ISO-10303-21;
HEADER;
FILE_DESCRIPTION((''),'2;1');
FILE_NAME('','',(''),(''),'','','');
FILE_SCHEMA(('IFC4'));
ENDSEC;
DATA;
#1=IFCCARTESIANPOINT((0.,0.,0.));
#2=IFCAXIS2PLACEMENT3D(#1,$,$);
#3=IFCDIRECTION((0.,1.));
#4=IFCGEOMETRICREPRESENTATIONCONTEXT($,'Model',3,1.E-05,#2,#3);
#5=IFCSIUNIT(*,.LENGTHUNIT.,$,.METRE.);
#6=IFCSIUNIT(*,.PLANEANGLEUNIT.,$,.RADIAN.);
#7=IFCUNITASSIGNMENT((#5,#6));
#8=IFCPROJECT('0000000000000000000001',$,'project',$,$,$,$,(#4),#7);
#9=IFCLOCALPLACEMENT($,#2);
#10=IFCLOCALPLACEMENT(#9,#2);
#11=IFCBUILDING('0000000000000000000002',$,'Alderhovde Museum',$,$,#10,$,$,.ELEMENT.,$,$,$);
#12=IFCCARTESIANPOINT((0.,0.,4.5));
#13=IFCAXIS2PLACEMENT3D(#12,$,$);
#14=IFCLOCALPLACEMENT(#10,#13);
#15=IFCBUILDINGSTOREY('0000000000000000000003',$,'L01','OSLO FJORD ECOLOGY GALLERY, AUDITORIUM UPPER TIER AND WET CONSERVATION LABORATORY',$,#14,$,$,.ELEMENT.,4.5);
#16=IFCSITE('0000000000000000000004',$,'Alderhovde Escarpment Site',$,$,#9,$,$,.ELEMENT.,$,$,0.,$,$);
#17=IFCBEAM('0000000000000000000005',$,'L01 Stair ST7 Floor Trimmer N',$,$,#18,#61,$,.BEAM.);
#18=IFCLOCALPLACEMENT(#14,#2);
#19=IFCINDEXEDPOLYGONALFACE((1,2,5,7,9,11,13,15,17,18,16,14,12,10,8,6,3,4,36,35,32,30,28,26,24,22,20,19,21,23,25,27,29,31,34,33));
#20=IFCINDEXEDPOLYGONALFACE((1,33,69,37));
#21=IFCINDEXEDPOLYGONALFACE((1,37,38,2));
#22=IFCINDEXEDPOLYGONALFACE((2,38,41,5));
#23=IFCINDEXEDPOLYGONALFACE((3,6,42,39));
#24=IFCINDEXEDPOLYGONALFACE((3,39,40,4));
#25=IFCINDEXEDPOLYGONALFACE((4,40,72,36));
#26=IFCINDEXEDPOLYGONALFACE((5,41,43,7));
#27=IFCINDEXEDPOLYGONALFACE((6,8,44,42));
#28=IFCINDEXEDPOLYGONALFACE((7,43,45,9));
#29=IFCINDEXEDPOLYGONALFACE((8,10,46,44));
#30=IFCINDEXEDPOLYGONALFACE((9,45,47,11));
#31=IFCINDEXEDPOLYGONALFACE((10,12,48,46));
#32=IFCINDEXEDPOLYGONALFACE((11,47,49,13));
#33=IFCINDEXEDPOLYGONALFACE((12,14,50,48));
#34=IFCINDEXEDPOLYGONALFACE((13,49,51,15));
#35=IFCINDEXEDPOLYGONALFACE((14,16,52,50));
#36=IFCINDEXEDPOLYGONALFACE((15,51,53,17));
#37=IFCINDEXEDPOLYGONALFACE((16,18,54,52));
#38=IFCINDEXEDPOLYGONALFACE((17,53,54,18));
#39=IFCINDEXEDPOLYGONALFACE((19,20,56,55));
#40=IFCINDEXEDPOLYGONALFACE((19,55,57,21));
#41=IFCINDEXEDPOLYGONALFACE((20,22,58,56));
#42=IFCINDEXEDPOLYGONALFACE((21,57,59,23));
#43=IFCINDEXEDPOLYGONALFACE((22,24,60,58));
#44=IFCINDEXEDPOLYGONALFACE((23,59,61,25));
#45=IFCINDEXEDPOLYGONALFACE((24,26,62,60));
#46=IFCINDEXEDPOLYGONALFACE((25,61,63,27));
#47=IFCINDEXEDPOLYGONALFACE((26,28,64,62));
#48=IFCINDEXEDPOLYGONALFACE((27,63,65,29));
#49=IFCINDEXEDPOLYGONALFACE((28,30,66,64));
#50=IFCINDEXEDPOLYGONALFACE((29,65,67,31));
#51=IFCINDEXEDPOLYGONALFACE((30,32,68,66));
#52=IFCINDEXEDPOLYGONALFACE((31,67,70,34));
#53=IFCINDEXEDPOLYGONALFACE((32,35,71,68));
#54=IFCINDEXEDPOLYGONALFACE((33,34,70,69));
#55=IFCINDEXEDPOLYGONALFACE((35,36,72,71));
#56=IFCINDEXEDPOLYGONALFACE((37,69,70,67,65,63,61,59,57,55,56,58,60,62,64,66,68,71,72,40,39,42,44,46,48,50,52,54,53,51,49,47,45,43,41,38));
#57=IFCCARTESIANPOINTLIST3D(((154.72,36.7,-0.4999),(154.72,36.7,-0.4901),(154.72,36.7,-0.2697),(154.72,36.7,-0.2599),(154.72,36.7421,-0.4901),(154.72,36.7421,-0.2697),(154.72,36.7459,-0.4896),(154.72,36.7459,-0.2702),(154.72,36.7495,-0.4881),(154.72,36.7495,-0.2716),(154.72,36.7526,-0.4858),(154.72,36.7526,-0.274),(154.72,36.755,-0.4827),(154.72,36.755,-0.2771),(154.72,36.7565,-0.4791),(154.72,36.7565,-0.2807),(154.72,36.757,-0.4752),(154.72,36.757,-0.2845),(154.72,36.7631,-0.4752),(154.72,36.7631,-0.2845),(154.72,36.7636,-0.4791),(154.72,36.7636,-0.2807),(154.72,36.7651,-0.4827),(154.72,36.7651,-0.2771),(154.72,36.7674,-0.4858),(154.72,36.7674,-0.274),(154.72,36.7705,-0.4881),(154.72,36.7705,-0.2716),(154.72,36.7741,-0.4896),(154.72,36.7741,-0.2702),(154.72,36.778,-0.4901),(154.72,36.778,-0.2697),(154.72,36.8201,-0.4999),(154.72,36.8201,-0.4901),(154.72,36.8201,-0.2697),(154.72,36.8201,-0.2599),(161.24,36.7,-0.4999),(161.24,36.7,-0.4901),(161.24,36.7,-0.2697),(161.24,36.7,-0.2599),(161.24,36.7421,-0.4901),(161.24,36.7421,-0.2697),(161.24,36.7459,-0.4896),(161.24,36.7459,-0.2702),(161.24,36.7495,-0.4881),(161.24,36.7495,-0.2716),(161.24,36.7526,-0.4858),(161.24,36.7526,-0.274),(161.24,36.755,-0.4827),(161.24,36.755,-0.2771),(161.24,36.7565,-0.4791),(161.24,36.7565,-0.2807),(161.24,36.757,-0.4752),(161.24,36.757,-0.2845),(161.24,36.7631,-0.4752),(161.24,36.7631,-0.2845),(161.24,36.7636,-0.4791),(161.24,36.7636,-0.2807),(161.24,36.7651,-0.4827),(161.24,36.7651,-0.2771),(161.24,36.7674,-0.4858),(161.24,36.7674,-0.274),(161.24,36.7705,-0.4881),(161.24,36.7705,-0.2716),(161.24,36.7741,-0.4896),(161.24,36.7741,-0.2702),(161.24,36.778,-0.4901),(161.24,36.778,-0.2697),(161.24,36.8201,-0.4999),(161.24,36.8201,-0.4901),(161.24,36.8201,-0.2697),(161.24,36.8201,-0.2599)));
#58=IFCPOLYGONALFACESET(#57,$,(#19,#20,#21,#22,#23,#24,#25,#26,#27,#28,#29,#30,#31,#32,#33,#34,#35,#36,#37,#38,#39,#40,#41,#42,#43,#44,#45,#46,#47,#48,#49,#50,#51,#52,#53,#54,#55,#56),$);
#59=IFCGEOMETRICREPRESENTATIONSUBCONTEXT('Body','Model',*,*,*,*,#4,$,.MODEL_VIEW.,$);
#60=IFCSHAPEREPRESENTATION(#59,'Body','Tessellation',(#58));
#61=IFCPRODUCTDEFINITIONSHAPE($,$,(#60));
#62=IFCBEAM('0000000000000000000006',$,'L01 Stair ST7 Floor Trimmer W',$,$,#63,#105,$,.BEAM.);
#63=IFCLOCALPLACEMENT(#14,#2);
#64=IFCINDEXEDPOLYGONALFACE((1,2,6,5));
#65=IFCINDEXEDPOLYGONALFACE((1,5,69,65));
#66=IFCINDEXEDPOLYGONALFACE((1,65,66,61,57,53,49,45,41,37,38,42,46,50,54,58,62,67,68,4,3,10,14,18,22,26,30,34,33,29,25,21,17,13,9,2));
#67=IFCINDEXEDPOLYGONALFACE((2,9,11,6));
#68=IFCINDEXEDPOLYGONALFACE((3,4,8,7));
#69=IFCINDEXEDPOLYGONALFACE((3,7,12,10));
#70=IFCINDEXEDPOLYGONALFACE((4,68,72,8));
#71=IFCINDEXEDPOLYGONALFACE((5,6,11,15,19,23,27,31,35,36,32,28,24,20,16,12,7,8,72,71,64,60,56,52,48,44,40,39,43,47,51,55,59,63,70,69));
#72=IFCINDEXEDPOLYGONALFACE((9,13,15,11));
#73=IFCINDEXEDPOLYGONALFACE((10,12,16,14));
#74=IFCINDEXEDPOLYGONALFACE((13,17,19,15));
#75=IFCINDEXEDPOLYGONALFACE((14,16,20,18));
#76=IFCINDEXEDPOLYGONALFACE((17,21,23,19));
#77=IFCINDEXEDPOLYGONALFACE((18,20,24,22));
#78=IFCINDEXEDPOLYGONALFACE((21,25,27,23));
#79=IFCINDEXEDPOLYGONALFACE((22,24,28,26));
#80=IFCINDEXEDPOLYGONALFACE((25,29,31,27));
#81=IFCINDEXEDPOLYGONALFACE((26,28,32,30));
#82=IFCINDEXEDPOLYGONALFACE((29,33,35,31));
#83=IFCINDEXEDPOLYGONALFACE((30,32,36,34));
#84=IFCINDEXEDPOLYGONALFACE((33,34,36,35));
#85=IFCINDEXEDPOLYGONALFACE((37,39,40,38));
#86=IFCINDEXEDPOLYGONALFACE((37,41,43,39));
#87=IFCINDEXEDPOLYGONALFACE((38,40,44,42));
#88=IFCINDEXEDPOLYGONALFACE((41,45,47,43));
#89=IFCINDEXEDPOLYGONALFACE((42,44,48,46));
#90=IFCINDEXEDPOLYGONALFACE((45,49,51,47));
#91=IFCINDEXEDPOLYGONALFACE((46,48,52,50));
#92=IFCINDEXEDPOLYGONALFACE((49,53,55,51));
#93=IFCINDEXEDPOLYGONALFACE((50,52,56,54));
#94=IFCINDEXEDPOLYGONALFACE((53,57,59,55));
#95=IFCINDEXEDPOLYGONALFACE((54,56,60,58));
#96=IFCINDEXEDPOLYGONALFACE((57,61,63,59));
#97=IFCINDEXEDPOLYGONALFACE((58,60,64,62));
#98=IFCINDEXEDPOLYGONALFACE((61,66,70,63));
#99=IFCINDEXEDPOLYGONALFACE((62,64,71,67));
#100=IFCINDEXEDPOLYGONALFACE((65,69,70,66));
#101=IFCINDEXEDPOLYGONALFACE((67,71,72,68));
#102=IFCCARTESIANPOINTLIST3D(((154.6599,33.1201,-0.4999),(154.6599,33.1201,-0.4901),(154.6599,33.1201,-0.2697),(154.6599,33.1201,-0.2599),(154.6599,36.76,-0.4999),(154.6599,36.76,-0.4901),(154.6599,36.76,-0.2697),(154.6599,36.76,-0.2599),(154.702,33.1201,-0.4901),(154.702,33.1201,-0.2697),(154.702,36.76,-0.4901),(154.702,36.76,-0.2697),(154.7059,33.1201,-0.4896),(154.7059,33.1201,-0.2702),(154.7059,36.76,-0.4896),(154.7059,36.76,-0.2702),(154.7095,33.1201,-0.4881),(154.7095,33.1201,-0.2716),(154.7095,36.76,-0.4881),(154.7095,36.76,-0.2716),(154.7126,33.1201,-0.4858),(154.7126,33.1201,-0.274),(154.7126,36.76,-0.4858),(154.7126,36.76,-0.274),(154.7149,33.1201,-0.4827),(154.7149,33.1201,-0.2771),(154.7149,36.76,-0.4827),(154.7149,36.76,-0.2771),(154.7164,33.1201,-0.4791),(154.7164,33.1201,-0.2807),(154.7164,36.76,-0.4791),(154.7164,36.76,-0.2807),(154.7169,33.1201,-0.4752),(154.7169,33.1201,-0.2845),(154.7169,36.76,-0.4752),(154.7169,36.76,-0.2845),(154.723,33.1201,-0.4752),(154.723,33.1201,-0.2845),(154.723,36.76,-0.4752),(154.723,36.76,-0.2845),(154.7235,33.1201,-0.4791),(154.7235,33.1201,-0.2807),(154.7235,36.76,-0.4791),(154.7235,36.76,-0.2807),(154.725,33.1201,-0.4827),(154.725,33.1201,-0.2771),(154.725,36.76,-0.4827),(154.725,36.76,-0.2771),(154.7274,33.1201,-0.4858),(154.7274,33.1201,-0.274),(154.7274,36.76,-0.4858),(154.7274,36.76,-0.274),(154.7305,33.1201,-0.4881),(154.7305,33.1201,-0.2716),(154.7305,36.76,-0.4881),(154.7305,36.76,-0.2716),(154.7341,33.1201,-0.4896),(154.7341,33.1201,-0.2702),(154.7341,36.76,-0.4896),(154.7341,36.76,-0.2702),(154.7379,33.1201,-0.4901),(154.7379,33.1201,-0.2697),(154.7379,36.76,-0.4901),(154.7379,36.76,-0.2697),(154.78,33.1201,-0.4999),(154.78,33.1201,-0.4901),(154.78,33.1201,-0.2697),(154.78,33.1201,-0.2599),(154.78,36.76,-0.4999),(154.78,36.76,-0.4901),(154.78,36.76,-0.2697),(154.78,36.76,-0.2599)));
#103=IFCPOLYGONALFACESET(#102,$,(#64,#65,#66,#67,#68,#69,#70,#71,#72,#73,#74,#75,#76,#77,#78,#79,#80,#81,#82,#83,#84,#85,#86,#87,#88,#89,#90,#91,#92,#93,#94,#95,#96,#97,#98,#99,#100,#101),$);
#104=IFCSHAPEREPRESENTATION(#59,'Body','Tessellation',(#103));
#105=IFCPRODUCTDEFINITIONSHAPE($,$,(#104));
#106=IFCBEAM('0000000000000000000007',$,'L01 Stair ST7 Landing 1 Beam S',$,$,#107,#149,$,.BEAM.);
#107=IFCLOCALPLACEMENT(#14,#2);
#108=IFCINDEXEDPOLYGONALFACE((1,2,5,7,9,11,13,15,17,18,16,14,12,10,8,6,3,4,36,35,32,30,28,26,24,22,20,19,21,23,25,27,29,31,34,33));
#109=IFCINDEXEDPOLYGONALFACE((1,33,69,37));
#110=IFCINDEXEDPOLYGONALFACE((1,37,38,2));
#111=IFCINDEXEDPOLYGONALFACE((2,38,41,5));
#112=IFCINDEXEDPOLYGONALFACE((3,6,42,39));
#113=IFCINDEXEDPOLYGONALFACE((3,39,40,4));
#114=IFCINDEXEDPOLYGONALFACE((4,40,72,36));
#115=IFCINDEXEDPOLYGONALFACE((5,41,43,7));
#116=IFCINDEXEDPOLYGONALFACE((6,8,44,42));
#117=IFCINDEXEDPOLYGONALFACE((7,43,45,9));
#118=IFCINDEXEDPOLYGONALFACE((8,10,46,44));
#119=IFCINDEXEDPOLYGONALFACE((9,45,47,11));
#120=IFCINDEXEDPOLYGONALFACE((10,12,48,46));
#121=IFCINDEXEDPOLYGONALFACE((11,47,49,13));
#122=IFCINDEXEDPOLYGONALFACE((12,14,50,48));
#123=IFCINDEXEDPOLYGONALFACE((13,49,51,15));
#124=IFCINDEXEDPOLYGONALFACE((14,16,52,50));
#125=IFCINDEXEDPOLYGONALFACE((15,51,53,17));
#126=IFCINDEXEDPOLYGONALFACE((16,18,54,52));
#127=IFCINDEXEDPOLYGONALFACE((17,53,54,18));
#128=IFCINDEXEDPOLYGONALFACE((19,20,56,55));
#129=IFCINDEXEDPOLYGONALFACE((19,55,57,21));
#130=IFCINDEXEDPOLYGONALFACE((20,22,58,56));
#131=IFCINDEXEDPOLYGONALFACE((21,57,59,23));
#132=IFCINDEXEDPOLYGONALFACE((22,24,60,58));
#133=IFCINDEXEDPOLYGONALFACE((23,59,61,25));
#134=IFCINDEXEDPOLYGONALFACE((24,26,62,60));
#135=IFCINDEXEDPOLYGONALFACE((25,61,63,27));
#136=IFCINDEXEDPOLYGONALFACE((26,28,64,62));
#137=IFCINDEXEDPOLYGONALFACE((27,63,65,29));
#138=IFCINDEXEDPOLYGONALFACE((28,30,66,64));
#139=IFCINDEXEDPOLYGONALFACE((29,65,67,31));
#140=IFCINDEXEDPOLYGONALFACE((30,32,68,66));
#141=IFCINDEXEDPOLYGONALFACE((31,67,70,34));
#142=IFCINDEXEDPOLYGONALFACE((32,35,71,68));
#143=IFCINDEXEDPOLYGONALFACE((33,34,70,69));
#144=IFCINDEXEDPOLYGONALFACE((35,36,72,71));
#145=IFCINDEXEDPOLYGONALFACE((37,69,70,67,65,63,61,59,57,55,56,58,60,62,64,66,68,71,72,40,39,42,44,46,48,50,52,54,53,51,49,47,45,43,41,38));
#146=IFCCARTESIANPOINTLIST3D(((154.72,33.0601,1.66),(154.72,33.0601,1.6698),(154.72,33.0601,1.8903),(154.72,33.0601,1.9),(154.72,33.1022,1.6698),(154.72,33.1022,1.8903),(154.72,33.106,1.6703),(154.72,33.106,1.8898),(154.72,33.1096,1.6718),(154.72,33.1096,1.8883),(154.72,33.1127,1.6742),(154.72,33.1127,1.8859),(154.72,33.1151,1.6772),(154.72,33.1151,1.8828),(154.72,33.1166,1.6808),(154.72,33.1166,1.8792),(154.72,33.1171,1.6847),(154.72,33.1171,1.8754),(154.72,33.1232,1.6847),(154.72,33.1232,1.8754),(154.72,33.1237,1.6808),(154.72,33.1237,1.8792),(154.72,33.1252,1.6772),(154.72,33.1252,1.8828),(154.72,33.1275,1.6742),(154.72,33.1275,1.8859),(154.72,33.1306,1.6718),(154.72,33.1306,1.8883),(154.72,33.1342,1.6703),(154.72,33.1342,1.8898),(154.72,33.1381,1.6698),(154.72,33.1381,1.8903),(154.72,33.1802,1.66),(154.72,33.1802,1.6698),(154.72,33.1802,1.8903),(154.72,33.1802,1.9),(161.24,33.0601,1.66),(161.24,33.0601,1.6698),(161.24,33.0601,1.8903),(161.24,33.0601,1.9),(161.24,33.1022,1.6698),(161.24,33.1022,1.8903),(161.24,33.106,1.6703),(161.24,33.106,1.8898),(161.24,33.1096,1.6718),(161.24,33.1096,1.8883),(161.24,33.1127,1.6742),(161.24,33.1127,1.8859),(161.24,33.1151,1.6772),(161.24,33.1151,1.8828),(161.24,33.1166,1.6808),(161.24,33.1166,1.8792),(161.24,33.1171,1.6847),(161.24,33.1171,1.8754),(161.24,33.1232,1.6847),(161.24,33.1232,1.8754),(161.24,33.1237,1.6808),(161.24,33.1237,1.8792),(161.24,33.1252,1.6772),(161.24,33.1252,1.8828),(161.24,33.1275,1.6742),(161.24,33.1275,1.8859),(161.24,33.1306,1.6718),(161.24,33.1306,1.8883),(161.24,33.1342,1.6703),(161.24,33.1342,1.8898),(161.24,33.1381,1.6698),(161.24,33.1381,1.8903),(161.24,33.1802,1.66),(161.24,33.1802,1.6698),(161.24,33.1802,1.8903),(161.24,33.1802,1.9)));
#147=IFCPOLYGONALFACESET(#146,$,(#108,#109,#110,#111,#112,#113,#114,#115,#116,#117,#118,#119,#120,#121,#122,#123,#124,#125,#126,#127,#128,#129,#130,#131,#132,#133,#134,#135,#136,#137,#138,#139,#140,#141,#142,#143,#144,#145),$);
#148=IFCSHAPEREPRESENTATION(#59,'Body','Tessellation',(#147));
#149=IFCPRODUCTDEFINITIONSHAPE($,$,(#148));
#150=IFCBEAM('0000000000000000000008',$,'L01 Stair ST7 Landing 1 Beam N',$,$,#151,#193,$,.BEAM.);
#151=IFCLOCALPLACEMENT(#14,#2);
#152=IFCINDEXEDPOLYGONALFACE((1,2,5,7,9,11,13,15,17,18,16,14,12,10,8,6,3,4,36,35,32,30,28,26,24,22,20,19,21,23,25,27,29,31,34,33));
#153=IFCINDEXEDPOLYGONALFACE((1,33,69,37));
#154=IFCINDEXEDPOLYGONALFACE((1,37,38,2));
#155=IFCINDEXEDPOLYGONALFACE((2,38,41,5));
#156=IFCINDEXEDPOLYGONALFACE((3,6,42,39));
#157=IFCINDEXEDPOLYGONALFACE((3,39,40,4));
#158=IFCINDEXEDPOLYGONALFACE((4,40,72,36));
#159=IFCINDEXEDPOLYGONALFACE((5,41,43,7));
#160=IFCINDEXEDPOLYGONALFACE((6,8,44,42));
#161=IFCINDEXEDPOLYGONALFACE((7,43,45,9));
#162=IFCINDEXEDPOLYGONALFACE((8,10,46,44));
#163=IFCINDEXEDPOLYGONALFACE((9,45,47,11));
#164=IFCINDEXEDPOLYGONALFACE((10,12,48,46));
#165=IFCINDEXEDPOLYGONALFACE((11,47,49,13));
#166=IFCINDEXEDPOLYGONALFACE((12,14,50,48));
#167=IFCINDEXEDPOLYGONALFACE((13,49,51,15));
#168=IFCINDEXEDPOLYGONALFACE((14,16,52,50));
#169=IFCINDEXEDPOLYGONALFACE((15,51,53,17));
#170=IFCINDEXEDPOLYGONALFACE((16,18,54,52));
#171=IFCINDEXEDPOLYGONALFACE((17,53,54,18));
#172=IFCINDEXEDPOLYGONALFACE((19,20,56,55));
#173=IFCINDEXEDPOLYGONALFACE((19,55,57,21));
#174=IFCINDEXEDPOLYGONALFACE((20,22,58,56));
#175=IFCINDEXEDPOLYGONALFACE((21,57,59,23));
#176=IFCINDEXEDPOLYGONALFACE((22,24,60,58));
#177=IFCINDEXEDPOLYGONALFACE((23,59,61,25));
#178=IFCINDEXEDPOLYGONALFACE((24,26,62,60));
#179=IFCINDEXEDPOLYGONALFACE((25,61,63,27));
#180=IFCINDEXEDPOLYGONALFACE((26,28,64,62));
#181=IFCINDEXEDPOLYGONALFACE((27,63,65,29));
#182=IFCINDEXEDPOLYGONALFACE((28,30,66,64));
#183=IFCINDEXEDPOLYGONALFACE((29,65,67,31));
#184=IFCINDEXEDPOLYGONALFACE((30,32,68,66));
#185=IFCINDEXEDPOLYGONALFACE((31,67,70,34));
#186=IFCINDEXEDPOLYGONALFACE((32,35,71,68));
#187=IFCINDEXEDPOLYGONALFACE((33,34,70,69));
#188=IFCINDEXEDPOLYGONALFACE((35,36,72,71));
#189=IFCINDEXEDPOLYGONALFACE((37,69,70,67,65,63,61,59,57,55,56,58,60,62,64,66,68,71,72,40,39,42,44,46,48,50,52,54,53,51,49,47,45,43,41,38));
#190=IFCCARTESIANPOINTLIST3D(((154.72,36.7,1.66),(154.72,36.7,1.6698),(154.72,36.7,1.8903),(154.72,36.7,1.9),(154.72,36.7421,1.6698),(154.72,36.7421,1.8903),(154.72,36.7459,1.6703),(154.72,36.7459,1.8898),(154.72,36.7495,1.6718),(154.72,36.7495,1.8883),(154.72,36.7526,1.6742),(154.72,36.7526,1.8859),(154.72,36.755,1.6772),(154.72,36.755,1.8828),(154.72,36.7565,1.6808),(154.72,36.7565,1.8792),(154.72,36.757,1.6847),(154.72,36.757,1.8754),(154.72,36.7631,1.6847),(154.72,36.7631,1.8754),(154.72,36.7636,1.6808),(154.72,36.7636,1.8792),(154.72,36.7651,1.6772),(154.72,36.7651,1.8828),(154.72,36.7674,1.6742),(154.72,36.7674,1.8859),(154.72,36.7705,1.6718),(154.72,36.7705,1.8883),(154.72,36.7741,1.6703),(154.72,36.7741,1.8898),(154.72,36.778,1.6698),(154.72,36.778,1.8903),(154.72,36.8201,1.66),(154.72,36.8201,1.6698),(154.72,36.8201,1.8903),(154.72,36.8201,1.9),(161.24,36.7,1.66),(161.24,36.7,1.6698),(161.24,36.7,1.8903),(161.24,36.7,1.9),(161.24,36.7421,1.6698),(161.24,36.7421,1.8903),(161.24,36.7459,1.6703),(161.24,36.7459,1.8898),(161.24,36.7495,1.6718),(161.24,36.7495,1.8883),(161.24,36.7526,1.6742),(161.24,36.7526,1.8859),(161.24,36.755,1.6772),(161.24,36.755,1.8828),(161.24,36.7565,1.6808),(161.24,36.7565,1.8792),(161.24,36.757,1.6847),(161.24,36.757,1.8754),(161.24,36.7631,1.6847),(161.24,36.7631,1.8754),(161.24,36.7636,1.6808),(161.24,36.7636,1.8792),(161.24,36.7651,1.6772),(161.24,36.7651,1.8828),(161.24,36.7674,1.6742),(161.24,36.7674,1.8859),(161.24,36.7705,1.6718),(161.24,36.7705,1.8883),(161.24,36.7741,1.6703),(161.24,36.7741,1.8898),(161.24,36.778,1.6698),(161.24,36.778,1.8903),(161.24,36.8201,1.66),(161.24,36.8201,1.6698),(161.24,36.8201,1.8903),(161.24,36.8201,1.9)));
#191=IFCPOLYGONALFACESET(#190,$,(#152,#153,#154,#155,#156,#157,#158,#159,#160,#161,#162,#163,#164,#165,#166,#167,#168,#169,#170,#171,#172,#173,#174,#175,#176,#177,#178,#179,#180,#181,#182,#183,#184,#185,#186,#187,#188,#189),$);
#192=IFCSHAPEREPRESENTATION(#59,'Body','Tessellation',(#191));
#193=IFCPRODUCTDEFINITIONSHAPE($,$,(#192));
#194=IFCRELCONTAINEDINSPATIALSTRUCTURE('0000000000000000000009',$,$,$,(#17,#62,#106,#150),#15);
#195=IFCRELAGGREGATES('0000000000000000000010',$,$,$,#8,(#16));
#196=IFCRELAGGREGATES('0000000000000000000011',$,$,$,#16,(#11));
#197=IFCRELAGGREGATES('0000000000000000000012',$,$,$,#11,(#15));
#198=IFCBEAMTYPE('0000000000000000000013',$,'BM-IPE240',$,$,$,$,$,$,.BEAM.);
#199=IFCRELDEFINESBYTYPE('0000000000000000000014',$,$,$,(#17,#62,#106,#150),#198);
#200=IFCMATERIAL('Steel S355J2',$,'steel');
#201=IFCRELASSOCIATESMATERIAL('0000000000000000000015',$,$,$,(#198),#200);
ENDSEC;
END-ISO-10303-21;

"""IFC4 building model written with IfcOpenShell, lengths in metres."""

from ifc_helpers import new_model, si_unit, direction, frame, origin, origin_2d, place, context, subcontext, project, spatial, i_section, extrude, material, material_profile, profile_set, type_object, element, save


model = new_model("IFC4")

# Units and contexts
model_context = context("Model", 3, precision=1e-05, world=origin(), true_north=direction((0.0, 1.0)))
body_context = subcontext(model_context, "Body", "Model", "MODEL_VIEW")
ifc_project = project(units=[si_unit("LENGTHUNIT", "METRE"), si_unit("PLANEANGLEUNIT", "RADIAN")], contexts=[model_context])

# Site, building, storey
site_placement = place(None, origin())
site = spatial("IfcSite", under=ifc_project, at=site_placement, Name="Alderhovde Escarpment Site", CompositionType="ELEMENT", RefElevation=0.0)
building_placement = place(site_placement, origin())
building = spatial("IfcBuilding", under=site, at=building_placement, Name="Alderhovde Museum", CompositionType="ELEMENT")
storey_placement = place(building_placement, frame((0.0, 0.0, 4.5)))
storey = spatial("IfcBuildingStorey", under=building, at=storey_placement, Name="L01", Description="OSLO FJORD ECOLOGY GALLERY, AUDITORIUM UPPER TIER AND WET CONSERVATION LABORATORY", CompositionType="ELEMENT", Elevation=4.5)

# Beams
ifc_material_1 = material(Name="Steel S355J2", Category="steel")
ifc_material_profile_1 = material_profile(ifc_material_1, i_section(OverallWidth=0.1201, OverallDepth=0.24, WebThickness=0.0061, FlangeThickness=0.0098, FilletRadius=0.0149, at=origin_2d()), Name="IPE 240")
ifc_profile_set_1 = profile_set([ifc_material_profile_1], Name="Steel S355J2")
beam_type_1 = type_object("IfcBeamType", Name="BM-IPE240", PredefinedType="BEAM", material=ifc_profile_set_1)
for number, where, z_axis, x_axis, name in (
    (1, (154.72, 36.76, -0.3799), (1.0, 0.0, 0.0), (0.0, 1.0, 0.0), "L01 Stair ST7 Floor Trimmer N"),
):
    element("IfcBeam", number, at=place(storey_placement, frame(where, z_axis=z_axis, x_axis=x_axis)), inside=storey, type_object=beam_type_1, Name=name, PredefinedType="BEAM", context=body_context, shape_type="SweptSolid", body=[
        extrude(i_section(OverallWidth=0.1201, OverallDepth=0.24, WebThickness=0.0061, FlangeThickness=0.0098, FilletRadius=0.0149, at=origin_2d()), origin(), (0.0, 0.0, 1.0), 6.52),
    ])
beam_1_placement = place(storey_placement, frame((154.72, 33.1201, -0.3799), z_axis=(0.0, 1.0, 0.0), x_axis=(-1.0, 0.0, 0.0)))
element("IfcBeam", 2, at=beam_1_placement, inside=storey, type_object=beam_type_1, Name="L01 Stair ST7 Floor Trimmer W", PredefinedType="BEAM", context=body_context, shape_type="SweptSolid", body=[
    extrude(i_section(OverallWidth=0.1201, OverallDepth=0.24, WebThickness=0.0061, FlangeThickness=0.0098, FilletRadius=0.0149, at=origin_2d()), origin(), (0.0, 0.0, 1.0), 3.6399),
])
for number, where, z_axis, x_axis, name in (
    (3, (154.72, 33.1201, 1.78), (1.0, 0.0, 0.0), (0.0, 1.0, 0.0), "L01 Stair ST7 Landing 1 Beam S"),
    (4, (154.72, 36.76, 1.78), (1.0, 0.0, 0.0), (0.0, 1.0, 0.0), "L01 Stair ST7 Landing 1 Beam N"),
):
    element("IfcBeam", number, at=place(storey_placement, frame(where, z_axis=z_axis, x_axis=x_axis)), inside=storey, type_object=beam_type_1, Name=name, PredefinedType="BEAM", context=body_context, shape_type="SweptSolid", body=[
        extrude(i_section(OverallWidth=0.1201, OverallDepth=0.24, WebThickness=0.0061, FlangeThickness=0.0098, FilletRadius=0.0149, at=origin_2d()), origin(), (0.0, 0.0, 1.0), 6.52),
    ])

save(model, "model.ifc")
